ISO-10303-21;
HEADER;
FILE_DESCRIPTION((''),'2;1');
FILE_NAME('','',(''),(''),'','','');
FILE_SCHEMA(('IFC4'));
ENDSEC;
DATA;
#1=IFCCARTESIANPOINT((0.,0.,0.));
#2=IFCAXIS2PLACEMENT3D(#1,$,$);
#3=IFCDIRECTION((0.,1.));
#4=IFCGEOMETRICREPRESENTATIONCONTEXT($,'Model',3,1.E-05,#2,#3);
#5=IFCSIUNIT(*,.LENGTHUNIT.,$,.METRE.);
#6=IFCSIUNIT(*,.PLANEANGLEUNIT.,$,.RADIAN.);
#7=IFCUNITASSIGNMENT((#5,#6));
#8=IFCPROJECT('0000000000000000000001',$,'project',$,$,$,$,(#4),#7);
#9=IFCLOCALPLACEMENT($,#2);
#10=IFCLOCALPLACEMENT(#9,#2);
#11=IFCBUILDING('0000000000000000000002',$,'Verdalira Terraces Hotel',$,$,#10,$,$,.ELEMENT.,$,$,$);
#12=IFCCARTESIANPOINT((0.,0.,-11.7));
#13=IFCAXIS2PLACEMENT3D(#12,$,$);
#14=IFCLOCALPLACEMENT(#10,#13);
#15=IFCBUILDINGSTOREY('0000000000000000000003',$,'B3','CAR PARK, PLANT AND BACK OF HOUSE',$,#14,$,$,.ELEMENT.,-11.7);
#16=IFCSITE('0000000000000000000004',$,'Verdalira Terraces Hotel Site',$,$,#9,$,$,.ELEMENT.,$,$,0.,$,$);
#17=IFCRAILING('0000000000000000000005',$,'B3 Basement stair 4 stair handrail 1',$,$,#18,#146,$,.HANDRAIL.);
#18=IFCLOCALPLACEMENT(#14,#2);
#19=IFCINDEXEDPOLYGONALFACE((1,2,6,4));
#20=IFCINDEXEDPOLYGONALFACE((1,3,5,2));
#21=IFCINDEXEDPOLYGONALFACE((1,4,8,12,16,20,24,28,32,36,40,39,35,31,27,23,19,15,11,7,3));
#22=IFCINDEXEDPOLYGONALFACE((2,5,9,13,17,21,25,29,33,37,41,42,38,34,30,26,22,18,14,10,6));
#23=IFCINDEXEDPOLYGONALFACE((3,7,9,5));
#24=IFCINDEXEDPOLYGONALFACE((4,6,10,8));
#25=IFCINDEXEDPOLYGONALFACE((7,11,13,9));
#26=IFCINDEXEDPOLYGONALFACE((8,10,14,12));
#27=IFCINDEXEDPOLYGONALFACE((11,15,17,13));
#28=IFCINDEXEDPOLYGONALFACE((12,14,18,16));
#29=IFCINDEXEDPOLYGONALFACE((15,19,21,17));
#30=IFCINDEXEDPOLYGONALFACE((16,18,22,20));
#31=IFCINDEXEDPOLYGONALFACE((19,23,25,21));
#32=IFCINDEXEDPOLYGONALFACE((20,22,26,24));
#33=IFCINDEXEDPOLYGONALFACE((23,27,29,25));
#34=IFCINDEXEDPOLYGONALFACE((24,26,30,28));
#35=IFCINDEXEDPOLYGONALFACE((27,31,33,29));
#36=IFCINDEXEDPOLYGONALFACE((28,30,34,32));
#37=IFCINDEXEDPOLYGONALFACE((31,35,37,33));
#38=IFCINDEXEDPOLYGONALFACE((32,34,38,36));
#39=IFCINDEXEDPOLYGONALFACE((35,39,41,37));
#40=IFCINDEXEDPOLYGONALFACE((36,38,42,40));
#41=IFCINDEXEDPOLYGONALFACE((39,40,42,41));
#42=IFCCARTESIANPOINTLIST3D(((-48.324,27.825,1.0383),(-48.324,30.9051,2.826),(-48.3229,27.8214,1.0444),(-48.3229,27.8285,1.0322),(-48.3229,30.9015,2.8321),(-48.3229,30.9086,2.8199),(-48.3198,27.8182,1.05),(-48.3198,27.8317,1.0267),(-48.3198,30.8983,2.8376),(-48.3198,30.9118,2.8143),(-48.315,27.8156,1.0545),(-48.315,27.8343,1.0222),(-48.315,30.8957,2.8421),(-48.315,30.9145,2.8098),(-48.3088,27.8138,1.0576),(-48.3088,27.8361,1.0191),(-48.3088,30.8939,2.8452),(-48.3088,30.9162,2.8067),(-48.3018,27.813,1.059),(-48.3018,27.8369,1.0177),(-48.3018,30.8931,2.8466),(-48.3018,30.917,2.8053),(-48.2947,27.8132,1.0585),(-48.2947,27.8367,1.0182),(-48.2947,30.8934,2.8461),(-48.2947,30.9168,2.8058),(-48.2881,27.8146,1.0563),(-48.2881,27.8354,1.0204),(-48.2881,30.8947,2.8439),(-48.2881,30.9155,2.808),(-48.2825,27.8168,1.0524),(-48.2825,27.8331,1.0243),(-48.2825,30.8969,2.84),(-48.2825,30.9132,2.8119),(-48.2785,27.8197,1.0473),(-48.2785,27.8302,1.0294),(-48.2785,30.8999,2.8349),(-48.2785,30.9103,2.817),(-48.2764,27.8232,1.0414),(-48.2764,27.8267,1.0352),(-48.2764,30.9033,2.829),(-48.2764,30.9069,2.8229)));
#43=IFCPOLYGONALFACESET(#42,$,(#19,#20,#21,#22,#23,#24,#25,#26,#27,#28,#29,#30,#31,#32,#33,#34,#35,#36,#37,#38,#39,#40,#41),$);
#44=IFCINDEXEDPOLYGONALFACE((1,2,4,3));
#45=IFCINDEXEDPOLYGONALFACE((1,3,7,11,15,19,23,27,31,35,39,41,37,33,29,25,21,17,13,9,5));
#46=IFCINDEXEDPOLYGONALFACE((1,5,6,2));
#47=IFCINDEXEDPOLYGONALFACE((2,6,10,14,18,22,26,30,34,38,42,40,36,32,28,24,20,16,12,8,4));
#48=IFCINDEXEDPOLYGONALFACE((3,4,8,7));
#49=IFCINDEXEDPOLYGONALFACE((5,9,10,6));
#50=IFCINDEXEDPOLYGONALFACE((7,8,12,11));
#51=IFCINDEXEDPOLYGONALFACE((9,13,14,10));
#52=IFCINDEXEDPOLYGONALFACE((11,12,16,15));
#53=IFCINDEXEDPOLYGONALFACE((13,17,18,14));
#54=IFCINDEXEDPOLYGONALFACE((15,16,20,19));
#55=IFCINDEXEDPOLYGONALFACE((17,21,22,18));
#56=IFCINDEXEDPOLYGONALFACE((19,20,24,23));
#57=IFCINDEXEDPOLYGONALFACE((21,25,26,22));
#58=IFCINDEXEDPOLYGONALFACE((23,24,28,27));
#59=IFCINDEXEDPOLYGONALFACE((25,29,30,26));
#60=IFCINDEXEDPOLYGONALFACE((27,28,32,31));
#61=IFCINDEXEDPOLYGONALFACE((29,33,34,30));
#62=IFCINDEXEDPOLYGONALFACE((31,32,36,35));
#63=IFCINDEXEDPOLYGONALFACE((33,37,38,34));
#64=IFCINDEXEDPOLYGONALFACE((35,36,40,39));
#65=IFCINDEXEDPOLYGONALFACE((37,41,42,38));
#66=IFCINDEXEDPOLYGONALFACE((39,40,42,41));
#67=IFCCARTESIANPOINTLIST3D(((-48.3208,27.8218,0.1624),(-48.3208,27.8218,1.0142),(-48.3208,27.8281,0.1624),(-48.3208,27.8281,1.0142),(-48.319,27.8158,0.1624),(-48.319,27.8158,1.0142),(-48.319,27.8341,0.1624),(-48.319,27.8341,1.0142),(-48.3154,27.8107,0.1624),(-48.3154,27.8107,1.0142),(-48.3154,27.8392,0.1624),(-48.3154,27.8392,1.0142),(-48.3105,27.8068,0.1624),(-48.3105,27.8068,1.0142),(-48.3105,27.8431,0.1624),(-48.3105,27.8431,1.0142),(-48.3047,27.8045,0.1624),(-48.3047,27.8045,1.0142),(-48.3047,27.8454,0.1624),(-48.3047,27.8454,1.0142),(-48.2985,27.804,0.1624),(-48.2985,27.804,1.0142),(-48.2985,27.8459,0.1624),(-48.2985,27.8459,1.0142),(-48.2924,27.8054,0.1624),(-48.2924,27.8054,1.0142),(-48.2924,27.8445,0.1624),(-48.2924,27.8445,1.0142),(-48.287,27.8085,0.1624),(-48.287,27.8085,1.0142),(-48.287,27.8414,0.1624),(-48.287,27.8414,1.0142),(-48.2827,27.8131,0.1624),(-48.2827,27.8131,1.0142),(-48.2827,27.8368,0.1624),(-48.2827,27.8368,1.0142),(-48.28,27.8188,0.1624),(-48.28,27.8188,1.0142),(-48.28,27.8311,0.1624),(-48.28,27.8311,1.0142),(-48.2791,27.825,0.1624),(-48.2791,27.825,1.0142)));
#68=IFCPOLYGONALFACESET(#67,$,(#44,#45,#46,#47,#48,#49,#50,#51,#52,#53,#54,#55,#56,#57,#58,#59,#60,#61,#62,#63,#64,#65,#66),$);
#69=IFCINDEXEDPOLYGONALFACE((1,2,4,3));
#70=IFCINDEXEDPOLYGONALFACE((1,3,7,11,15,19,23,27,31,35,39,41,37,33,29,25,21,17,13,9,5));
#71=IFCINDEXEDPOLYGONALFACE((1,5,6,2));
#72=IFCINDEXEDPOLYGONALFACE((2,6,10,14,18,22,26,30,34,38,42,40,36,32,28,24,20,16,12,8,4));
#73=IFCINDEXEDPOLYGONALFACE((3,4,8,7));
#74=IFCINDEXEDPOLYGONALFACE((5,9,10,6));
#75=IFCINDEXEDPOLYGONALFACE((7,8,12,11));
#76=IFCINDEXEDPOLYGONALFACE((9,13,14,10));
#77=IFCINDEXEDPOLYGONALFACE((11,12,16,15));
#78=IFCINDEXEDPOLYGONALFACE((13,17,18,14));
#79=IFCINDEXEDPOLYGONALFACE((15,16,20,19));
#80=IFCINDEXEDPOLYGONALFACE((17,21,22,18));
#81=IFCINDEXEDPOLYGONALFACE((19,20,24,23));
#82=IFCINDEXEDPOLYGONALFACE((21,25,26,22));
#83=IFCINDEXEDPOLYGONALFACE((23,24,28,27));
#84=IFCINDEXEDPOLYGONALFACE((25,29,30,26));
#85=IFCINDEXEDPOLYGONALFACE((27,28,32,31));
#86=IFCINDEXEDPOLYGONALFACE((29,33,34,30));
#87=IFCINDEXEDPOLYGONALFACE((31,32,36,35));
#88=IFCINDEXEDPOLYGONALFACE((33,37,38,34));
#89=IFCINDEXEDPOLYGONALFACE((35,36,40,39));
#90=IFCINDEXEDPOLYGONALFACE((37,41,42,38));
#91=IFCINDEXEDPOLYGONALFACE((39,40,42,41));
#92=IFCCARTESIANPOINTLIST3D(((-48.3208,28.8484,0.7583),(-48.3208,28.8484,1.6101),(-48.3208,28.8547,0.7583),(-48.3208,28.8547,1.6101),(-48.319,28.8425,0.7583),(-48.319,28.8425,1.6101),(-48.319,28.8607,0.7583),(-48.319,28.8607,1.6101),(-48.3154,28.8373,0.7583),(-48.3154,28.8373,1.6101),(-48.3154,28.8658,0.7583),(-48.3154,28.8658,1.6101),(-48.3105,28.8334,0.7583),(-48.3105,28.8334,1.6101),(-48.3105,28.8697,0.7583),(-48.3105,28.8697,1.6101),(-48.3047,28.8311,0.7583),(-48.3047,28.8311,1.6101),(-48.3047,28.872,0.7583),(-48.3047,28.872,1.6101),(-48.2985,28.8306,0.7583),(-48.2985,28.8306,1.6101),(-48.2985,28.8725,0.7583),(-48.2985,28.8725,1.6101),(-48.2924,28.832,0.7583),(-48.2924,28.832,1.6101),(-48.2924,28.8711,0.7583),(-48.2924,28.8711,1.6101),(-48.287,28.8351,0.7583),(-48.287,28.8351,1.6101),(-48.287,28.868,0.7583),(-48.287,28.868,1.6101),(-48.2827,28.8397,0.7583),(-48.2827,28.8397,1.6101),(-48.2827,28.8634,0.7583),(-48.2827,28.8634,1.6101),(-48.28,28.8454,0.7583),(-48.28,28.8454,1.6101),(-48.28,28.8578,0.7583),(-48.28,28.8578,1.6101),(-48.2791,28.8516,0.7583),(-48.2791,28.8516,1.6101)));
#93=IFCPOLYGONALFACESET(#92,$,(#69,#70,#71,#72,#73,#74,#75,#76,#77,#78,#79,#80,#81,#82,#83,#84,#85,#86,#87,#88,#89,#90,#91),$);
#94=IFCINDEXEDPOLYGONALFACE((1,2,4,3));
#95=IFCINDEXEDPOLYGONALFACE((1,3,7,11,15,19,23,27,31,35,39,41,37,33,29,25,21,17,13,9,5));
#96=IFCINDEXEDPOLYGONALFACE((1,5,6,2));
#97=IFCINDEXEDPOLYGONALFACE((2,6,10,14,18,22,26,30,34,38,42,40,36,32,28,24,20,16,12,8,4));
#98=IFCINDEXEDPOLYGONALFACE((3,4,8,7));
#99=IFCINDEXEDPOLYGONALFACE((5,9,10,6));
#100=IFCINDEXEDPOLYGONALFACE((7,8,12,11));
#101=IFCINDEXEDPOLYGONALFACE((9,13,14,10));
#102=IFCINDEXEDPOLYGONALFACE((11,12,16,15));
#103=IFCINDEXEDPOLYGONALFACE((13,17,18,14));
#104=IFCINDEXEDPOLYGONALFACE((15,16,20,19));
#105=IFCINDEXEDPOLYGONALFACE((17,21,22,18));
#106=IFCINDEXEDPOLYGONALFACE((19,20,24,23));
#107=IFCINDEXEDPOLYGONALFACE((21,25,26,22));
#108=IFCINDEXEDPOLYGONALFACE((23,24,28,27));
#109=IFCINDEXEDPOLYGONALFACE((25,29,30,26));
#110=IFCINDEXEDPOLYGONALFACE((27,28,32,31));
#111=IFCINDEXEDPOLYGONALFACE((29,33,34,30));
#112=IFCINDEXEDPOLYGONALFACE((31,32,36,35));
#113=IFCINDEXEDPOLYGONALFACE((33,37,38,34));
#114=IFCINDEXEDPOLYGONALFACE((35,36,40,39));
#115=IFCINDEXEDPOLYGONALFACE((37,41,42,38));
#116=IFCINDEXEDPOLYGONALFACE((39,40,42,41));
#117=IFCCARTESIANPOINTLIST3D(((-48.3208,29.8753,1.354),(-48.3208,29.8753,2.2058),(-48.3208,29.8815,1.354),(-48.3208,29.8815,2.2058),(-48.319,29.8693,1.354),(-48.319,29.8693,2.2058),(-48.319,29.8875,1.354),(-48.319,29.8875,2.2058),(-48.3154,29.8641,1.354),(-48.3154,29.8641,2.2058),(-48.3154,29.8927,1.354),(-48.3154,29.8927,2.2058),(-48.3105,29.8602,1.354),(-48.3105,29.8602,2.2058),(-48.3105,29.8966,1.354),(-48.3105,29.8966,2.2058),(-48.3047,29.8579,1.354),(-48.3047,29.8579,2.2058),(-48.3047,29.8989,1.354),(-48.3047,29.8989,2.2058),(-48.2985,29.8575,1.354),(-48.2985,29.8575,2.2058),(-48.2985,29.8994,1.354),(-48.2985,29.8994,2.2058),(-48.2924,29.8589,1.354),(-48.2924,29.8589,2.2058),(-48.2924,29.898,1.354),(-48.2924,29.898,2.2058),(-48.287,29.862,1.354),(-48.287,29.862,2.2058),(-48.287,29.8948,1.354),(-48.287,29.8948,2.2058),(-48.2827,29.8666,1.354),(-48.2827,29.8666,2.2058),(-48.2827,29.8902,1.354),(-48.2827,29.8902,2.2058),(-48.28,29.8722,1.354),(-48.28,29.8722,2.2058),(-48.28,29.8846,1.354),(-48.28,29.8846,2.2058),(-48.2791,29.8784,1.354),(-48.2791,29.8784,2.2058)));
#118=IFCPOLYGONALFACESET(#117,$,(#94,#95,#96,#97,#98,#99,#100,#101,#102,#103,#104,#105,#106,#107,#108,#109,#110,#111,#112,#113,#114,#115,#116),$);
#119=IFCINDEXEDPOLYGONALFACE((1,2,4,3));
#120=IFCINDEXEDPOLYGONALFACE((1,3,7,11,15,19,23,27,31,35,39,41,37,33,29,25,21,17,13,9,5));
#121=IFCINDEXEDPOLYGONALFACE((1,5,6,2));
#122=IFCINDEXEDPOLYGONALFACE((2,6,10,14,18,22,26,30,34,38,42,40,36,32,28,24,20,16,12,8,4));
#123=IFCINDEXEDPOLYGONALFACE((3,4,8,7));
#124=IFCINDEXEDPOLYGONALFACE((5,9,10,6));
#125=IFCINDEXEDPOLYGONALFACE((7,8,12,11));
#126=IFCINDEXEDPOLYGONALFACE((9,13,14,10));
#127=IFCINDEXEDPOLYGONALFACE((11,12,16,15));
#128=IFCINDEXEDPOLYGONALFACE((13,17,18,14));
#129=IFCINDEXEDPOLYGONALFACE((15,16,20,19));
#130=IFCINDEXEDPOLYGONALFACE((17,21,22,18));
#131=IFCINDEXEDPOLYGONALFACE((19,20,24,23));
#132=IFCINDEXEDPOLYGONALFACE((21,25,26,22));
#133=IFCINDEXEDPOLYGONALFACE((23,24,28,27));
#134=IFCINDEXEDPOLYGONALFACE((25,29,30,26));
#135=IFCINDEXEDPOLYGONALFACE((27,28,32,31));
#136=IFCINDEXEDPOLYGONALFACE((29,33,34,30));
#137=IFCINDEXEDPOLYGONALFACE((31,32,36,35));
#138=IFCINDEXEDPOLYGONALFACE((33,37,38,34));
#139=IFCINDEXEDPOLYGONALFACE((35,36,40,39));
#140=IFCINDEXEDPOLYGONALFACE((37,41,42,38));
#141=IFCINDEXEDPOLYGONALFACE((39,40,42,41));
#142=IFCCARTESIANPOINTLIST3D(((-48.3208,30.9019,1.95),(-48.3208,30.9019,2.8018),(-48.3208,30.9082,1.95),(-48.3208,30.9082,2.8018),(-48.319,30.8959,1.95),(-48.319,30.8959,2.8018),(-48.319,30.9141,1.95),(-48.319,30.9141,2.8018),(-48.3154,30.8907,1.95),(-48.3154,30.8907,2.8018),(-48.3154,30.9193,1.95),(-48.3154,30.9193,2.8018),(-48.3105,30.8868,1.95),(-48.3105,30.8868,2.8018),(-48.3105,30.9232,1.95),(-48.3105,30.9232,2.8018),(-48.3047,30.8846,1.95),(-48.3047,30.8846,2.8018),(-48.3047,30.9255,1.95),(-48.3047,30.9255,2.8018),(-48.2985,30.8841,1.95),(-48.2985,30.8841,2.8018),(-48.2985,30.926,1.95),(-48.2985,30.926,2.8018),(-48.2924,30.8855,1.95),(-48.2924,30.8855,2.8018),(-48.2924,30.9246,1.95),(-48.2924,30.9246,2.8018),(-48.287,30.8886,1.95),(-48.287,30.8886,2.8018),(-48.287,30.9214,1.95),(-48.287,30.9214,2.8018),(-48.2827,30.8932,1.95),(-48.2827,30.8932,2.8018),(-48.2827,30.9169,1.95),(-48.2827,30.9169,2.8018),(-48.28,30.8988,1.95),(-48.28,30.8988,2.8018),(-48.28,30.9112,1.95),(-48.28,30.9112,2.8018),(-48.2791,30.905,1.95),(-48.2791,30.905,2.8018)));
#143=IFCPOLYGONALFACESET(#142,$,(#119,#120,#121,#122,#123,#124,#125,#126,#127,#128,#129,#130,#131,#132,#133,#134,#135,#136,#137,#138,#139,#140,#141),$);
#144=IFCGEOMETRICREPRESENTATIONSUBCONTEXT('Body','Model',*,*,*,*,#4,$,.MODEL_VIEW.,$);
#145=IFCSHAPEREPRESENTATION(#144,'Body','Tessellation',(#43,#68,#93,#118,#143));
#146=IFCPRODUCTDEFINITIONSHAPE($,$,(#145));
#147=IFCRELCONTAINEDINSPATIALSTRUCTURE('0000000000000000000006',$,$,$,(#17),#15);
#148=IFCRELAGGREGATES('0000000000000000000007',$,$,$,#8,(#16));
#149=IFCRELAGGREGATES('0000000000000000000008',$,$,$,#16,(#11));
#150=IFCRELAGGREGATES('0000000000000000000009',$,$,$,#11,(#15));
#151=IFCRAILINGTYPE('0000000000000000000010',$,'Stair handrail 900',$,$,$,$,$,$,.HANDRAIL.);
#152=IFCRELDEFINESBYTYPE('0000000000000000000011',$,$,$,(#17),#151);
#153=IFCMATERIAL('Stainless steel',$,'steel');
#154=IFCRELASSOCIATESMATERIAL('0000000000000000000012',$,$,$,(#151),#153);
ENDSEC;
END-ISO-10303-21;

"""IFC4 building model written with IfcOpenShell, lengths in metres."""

from ifc_helpers import new_model, si_unit, direction, frame, origin, origin_2d, place, context, subcontext, project, spatial, circle, extrude, material, type_object, element, save


model = new_model("IFC4")

# Units and contexts
model_context = context("Model", 3, precision=1e-05, world=origin(), true_north=direction((0.0, 1.0)))
body_context = subcontext(model_context, "Body", "Model", "MODEL_VIEW")
ifc_project = project(units=[si_unit("LENGTHUNIT", "METRE"), si_unit("PLANEANGLEUNIT", "RADIAN")], contexts=[model_context])

# Site, building, storey
site_placement = place(None, origin())
site = spatial("IfcSite", under=ifc_project, at=site_placement, Name="Verdalira Terraces Hotel Site", CompositionType="ELEMENT", RefElevation=0.0)
building_placement = place(site_placement, origin())
building = spatial("IfcBuilding", under=site, at=building_placement, Name="Verdalira Terraces Hotel", CompositionType="ELEMENT")
storey_placement = place(building_placement, frame((0.0, 0.0, -11.7)))
storey = spatial("IfcBuildingStorey", under=building, at=storey_placement, Name="B3", Description="CAR PARK, PLANT AND BACK OF HOUSE", CompositionType="ELEMENT", Elevation=-11.7)

# Railing
ifc_material_1 = material(Name="Stainless steel", Category="steel")
railing_type_1 = type_object("IfcRailingType", Name="Stair handrail 900", PredefinedType="HANDRAIL", material=ifc_material_1)
railing_1_placement = place(storey_placement, frame((-48.3, 27.825, 0.1624)))
element("IfcRailing", 1, at=railing_1_placement, inside=storey, type_object=railing_type_1, Name="B3 Basement stair 4 stair handrail 1", PredefinedType="HANDRAIL", context=body_context, shape_type="SweptSolid", body=[
    extrude(circle(Radius=0.0239, at=origin_2d()), frame((0.0, 0.0, 0.876), z_axis=(0.0, 0.864891, 0.50196), x_axis=(-1.0, 0.0, 0.0)), (0.0, 0.0, 1.0), 3.5613),
    extrude(circle(Radius=0.021, at=origin_2d()), origin(), (0.0, 0.0, 1.0), 0.8518),
    extrude(circle(Radius=0.021, at=origin_2d()), frame((0.0, 1.0266, 0.5959)), (0.0, 0.0, 1.0), 0.8518),
    extrude(circle(Radius=0.021, at=origin_2d()), frame((0.0, 2.0535, 1.1917)), (0.0, 0.0, 1.0), 0.8518),
    extrude(circle(Radius=0.021, at=origin_2d()), frame((0.0, 3.0801, 1.7876)), (0.0, 0.0, 1.0), 0.8518),
])

save(model, "model.ifc")
